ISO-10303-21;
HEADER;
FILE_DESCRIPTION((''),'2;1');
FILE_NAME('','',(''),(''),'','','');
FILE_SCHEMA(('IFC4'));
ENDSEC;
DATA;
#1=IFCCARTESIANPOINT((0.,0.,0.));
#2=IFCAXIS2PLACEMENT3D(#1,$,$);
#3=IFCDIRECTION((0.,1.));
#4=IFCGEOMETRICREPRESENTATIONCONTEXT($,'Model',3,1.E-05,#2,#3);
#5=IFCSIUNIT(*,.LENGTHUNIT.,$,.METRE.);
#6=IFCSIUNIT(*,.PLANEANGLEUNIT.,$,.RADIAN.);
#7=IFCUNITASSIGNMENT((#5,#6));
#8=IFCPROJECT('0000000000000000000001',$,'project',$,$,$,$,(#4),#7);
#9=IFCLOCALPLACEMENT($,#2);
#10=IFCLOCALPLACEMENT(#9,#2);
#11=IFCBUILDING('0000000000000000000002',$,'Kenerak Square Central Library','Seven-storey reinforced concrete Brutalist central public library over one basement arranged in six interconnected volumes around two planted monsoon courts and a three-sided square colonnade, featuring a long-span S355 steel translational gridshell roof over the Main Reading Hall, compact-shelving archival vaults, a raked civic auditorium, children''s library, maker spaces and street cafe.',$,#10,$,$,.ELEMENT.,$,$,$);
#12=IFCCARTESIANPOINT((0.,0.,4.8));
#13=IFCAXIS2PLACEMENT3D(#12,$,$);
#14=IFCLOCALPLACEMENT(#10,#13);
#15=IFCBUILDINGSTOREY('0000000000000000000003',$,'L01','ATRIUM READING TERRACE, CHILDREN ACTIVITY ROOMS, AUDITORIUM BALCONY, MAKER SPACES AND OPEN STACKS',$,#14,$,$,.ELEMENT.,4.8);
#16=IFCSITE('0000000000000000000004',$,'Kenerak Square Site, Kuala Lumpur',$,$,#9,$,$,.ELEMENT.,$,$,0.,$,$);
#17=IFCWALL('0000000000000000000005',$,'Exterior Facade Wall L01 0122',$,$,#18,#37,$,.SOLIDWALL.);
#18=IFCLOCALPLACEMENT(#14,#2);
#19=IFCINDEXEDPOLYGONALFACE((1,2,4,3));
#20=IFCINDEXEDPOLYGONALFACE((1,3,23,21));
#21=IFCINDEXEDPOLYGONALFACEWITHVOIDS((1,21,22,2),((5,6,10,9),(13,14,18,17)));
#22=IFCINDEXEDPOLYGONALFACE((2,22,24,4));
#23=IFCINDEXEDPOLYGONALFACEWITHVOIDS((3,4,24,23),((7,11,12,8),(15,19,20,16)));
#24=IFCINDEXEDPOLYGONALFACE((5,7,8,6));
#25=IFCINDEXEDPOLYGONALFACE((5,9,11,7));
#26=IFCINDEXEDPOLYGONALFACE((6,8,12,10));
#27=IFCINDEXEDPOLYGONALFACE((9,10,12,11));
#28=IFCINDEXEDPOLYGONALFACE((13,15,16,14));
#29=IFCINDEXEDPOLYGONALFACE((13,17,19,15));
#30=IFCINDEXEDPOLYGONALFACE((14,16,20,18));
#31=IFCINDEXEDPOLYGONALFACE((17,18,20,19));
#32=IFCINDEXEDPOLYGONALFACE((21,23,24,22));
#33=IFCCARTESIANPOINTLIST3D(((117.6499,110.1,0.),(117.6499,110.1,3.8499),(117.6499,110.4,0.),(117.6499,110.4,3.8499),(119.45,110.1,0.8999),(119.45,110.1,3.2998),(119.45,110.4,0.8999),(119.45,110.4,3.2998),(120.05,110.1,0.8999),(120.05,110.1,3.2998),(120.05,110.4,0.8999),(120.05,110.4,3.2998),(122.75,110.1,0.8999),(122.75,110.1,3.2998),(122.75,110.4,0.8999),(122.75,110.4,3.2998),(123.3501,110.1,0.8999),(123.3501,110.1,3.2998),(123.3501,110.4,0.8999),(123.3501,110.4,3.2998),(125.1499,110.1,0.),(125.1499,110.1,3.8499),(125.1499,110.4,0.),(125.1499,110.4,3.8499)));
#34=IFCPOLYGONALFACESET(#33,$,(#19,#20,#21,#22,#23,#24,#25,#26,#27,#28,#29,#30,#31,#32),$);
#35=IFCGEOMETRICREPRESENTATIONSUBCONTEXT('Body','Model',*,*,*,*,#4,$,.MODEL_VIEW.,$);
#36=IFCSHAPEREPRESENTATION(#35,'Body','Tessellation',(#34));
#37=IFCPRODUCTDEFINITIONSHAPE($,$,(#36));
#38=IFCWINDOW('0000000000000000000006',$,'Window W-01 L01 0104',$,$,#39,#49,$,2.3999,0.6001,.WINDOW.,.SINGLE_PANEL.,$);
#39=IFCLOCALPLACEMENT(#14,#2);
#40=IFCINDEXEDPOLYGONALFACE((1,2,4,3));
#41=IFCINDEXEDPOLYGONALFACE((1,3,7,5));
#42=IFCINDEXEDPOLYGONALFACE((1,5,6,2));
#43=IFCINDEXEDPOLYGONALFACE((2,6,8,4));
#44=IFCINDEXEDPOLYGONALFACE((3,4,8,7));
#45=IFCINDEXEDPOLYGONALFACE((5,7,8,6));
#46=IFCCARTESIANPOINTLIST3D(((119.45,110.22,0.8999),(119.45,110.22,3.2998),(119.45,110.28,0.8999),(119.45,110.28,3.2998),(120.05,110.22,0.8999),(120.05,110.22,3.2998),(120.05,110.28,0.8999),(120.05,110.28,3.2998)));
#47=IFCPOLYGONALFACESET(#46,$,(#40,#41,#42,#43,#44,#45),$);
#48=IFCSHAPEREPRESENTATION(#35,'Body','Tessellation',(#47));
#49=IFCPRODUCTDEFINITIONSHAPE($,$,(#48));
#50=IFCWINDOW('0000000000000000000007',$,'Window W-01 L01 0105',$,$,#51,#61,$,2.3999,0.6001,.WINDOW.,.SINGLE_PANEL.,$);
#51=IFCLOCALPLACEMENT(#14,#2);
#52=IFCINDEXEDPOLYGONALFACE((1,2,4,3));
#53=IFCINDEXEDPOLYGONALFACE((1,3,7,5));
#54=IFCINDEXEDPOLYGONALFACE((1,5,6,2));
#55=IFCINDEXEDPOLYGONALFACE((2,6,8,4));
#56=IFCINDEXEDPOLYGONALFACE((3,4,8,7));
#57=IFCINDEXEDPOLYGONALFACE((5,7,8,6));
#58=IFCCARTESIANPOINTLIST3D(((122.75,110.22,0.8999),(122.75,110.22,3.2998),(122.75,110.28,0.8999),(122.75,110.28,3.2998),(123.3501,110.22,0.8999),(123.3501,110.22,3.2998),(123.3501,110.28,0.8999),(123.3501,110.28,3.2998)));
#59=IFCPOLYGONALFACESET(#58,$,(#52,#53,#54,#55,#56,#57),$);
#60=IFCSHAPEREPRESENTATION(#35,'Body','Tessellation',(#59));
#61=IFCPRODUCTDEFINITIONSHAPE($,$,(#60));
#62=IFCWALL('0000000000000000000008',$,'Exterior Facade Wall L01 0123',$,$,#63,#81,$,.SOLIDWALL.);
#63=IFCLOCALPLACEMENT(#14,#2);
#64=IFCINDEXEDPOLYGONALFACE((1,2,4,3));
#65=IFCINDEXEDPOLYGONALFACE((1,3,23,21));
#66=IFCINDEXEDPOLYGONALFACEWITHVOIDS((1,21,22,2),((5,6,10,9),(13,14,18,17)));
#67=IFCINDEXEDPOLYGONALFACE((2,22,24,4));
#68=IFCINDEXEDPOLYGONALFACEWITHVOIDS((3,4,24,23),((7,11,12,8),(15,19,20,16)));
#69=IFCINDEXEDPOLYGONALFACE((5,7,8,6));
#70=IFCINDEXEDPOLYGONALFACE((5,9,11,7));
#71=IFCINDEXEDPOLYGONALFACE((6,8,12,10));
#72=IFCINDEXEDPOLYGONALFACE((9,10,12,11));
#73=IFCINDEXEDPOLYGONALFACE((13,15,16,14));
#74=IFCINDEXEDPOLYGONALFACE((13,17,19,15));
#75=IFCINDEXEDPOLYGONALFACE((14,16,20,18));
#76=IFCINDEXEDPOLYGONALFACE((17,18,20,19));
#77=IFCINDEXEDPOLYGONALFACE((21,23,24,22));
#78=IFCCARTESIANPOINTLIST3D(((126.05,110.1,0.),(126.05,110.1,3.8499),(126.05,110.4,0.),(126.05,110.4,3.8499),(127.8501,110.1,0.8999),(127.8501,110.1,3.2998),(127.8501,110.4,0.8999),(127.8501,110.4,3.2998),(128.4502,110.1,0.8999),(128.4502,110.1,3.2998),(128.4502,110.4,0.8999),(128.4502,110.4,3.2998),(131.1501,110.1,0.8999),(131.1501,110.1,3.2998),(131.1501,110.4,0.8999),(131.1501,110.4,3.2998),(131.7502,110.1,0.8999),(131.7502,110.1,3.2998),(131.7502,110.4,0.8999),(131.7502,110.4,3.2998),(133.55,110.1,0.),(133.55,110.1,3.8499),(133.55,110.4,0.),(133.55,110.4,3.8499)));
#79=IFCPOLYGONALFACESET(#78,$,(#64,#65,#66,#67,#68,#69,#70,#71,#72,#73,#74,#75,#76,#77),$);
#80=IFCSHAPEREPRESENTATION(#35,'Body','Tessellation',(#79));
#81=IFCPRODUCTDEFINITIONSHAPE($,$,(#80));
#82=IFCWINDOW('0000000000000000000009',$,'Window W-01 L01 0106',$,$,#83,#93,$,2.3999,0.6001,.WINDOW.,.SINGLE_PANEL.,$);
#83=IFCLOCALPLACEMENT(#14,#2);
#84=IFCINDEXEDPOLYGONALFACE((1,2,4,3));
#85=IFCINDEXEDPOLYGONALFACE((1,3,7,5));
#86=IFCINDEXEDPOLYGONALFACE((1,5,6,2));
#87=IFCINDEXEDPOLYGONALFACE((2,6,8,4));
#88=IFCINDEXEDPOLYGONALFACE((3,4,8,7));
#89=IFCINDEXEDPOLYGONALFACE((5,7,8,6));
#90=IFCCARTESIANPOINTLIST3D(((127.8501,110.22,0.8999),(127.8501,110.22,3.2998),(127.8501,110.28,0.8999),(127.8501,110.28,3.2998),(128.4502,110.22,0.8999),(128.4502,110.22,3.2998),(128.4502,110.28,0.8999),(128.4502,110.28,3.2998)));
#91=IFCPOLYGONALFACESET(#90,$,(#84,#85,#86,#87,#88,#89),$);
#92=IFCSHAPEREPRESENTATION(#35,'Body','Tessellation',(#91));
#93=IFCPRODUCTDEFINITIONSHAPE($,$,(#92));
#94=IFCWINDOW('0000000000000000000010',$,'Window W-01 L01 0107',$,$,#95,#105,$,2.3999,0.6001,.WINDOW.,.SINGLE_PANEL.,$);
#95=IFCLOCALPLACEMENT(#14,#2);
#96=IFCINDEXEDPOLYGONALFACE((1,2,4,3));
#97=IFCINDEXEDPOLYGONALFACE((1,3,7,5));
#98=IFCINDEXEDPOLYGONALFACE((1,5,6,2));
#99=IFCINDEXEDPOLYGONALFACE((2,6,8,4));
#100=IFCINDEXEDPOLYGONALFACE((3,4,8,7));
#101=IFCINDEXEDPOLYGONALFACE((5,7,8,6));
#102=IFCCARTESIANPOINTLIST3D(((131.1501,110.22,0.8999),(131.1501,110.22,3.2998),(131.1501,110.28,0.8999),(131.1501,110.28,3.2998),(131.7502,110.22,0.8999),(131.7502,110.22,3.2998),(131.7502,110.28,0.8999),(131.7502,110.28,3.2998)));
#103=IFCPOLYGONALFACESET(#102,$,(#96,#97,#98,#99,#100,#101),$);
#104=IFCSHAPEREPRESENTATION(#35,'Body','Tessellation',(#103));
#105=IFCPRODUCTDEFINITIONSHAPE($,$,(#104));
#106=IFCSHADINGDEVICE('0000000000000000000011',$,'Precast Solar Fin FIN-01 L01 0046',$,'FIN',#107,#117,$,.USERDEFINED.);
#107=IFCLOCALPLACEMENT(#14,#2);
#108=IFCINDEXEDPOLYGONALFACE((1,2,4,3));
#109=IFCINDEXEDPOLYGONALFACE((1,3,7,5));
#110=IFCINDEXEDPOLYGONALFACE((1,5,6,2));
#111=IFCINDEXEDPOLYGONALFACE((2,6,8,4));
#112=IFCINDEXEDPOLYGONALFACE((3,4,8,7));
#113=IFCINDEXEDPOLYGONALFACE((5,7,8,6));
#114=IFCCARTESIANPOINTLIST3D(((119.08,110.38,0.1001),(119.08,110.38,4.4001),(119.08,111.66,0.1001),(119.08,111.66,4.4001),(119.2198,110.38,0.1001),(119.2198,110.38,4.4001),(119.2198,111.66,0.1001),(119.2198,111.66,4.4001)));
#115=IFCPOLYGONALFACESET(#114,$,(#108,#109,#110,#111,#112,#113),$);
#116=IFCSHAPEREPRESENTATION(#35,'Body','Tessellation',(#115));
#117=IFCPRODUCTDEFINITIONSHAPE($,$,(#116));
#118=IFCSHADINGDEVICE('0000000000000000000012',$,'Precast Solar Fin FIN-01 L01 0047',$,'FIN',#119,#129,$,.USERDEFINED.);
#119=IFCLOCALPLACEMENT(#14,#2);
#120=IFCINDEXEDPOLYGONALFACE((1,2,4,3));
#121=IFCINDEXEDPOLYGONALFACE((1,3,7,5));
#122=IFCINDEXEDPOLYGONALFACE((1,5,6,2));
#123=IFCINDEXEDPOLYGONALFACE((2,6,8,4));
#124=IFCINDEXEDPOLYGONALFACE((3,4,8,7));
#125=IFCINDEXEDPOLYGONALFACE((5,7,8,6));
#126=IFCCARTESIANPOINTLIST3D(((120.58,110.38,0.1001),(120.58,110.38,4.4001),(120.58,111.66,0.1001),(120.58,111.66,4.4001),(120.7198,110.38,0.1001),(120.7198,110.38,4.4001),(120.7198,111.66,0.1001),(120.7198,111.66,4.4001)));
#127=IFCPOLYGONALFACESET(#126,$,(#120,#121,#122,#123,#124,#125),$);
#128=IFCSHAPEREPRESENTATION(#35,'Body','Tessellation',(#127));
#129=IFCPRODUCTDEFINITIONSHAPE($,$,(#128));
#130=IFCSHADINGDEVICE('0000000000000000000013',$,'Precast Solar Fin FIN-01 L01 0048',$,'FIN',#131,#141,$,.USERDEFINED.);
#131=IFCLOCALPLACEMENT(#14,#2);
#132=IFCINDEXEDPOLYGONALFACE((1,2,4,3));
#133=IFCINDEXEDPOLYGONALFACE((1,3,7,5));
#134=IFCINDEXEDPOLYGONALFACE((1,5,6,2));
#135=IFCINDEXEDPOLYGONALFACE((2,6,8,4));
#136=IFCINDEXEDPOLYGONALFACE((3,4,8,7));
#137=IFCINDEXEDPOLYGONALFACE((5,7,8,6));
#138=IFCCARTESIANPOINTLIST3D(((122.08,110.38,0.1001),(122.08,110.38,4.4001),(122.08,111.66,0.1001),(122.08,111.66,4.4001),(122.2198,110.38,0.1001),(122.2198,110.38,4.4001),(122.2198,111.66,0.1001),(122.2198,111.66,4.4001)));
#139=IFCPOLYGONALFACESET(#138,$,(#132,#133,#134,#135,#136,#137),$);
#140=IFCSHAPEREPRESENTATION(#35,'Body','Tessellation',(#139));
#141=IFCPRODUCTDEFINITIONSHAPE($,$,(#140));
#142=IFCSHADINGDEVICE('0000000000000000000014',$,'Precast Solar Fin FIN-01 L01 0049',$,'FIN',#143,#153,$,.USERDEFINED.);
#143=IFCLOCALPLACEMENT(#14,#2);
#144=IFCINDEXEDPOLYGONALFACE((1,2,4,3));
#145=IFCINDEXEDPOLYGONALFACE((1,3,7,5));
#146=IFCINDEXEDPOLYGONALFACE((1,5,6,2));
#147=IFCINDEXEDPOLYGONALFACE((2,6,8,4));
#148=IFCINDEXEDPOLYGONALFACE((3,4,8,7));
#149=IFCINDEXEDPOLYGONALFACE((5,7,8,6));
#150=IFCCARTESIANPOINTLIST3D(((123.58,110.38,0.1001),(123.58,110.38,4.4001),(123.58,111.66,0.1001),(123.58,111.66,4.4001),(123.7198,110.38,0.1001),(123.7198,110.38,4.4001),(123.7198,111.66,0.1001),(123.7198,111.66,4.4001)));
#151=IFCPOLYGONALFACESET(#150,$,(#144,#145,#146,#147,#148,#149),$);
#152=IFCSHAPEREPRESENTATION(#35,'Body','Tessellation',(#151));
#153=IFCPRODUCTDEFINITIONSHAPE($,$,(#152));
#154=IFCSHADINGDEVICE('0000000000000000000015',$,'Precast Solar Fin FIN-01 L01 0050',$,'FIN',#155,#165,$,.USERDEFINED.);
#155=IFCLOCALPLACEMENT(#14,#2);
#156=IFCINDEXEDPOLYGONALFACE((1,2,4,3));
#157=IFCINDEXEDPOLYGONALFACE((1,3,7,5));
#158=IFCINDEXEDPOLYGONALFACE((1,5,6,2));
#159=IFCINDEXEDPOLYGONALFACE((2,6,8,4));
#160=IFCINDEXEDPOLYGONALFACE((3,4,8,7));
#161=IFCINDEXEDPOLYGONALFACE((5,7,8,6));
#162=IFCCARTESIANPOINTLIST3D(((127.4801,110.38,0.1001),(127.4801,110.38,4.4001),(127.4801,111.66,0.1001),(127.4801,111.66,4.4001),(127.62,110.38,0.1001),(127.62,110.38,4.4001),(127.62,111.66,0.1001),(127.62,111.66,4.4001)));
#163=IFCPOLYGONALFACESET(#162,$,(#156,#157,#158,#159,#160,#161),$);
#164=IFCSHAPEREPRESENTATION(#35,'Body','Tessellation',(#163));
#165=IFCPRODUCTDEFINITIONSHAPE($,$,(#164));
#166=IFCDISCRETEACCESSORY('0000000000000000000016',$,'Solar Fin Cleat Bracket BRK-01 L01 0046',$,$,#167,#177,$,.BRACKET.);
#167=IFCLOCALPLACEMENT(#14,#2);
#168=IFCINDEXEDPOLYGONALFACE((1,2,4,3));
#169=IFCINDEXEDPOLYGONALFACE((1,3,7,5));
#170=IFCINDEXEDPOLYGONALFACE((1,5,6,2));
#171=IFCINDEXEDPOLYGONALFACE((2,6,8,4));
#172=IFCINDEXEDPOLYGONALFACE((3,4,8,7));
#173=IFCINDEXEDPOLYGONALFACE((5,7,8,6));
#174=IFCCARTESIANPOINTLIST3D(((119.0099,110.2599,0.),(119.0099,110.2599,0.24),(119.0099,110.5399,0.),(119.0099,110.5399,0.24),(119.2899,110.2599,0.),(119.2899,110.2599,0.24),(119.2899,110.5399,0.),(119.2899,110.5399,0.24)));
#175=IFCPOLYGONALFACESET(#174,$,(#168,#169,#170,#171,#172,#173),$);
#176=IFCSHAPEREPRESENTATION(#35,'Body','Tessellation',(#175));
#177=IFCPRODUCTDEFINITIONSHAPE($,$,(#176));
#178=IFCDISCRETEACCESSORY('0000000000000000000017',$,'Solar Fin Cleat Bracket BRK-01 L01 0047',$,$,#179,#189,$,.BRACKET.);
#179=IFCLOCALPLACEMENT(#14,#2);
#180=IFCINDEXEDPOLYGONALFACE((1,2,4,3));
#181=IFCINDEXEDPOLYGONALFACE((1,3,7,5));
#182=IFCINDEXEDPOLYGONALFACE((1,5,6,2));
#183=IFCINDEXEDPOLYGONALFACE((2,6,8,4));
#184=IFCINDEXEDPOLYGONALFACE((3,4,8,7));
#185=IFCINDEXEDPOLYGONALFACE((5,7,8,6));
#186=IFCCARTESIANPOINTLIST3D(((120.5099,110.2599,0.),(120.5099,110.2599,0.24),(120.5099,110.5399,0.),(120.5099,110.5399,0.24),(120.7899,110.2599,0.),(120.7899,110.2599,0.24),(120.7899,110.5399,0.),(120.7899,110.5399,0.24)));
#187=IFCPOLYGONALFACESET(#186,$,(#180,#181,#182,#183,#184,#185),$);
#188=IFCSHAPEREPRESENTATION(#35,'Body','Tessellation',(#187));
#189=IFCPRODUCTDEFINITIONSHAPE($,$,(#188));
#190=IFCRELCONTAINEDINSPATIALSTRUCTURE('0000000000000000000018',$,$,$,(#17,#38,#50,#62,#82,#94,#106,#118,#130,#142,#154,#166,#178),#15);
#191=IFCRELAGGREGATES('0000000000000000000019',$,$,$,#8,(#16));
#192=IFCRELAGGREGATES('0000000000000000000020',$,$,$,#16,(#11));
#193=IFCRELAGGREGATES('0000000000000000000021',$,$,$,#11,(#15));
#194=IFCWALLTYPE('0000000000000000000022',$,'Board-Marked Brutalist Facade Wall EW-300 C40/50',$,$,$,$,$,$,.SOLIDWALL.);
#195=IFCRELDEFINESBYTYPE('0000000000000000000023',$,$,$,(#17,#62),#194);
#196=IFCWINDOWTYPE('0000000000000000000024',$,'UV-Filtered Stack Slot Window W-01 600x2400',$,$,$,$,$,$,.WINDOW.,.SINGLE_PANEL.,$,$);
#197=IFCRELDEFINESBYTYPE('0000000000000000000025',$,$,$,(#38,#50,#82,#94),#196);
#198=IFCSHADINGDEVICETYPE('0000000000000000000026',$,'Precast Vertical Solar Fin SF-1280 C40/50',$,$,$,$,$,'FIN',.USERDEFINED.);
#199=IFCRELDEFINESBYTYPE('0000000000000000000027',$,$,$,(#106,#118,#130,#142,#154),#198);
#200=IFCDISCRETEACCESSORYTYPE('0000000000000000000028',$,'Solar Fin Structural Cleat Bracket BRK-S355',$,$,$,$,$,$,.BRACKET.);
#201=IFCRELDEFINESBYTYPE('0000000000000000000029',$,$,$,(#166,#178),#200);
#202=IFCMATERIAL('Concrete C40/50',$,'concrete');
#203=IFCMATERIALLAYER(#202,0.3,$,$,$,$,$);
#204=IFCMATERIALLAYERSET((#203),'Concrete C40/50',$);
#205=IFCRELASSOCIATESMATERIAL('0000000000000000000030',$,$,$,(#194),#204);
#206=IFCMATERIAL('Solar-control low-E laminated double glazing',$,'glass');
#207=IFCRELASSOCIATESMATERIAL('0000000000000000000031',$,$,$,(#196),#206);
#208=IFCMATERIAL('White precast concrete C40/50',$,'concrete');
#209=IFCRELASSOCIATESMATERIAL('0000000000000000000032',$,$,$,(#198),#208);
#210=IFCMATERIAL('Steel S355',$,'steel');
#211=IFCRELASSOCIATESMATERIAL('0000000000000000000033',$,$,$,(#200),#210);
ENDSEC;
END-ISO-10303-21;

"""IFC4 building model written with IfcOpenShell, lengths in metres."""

from ifc_helpers import new_model, si_unit, direction, frame, frame_2d, origin, origin_2d, place, context, subcontext, project, spatial, rectangle, extrude, material, layer, layer_set, type_object, element, fill, save


model = new_model("IFC4")

# Units and contexts
model_context = context("Model", 3, precision=1e-05, world=origin(), true_north=direction((0.0, 1.0)))
body_context = subcontext(model_context, "Body", "Model", "MODEL_VIEW")
ifc_project = project(units=[si_unit("LENGTHUNIT", "METRE"), si_unit("PLANEANGLEUNIT", "RADIAN")], contexts=[model_context])

# Site, building, storey
site_placement = place(None, origin())
site = spatial("IfcSite", under=ifc_project, at=site_placement, Name="Kenerak Square Site, Kuala Lumpur", CompositionType="ELEMENT", RefElevation=0.0)
building_placement = place(site_placement, origin())
building = spatial("IfcBuilding", under=site, at=building_placement, Name="Kenerak Square Central Library", Description="Seven-storey reinforced concrete Brutalist central public library over one basement arranged in six interconnected volumes around two planted monsoon courts and a three-sided square colonnade, featuring a long-span S355 steel translational gridshell roof over the Main Reading Hall, compact-shelving archival vaults, a raked civic auditorium, children's library, maker spaces and street cafe.", CompositionType="ELEMENT")
storey_placement = place(building_placement, frame((0.0, 0.0, 4.8)))
storey = spatial("IfcBuildingStorey", under=building, at=storey_placement, Name="L01", Description="ATRIUM READING TERRACE, CHILDREN ACTIVITY ROOMS, AUDITORIUM BALCONY, MAKER SPACES AND OPEN STACKS", CompositionType="ELEMENT", Elevation=4.8)

# Shared definitions
ifc_material_1 = material(Name="Concrete C40/50", Category="concrete")

# Walls, openings, windows
ifc_layer = layer(ifc_material_1, 0.3)
ifc_layer_set = layer_set([ifc_layer], Name="Concrete C40/50")
wall_type = type_object("IfcWallType", Name="Board-Marked Brutalist Facade Wall EW-300 C40/50", PredefinedType="SOLIDWALL", material=ifc_layer_set)
wall_1_placement = place(storey_placement, frame((117.6499, 110.25, 0.0), z_axis=(0.0, 0.0, 1.0), x_axis=(1.0, 0.0, 0.0)))
wall_1 = element("IfcWall", 1, at=wall_1_placement, inside=storey, type_object=wall_type, Name="Exterior Facade Wall L01 0122", PredefinedType="SOLIDWALL", context=body_context, shape_type="SweptSolid", body=[
    extrude(rectangle(XDim=7.5, YDim=0.3, at=frame_2d((3.75, 0.0))), origin(), (0.0, 0.0, 1.0), 3.8499),
])
opening_1_placement = place(wall_1_placement, frame((1.8, 0.0, 0.8999)))
opening_1 = element("IfcOpeningElement", 2, at=opening_1_placement, cuts=wall_1, PredefinedType="OPENING", context=body_context, shape_type="SweptSolid", body=[
    extrude(rectangle(XDim=0.6001, YDim=2.3999, at=frame_2d((0.3, 1.2))), frame((0.0, 0.1599, 0.0), z_axis=(0.0, -1.0, 0.0), x_axis=(1.0, 0.0, 0.0)), (0.0, 0.0, 1.0), 0.3201),
])
opening_2_placement = place(wall_1_placement, frame((5.1001, 0.0, 0.8999)))
opening_2 = element("IfcOpeningElement", 3, at=opening_2_placement, cuts=wall_1, PredefinedType="OPENING", context=body_context, shape_type="SweptSolid", body=[
    extrude(rectangle(XDim=0.6001, YDim=2.3999, at=frame_2d((0.3, 1.2))), frame((0.0, 0.1599, 0.0), z_axis=(0.0, -1.0, 0.0), x_axis=(1.0, 0.0, 0.0)), (0.0, 0.0, 1.0), 0.3201),
])
ifc_material_2 = material(Name="Solar-control low-E laminated double glazing", Category="glass")
window_type = type_object("IfcWindowType", Name="UV-Filtered Stack Slot Window W-01 600x2400", PartitioningType="SINGLE_PANEL", PredefinedType="WINDOW", material=ifc_material_2)
window_1_placement = place(opening_1_placement, origin())
window_1 = element("IfcWindow", 4, at=window_1_placement, inside=storey, type_object=window_type, Name="Window W-01 L01 0104", OverallHeight=2.3999, OverallWidth=0.6001, PartitioningType="SINGLE_PANEL", PredefinedType="WINDOW", context=body_context, shape_type="SweptSolid", body=[
    extrude(rectangle(XDim=0.6001, YDim=2.3999, at=frame_2d((0.3, 1.2))), frame((0.0, 0.03, 0.0), z_axis=(0.0, -1.0, 0.0), x_axis=(1.0, 0.0, 0.0)), (0.0, 0.0, 1.0), 0.0601),
])
fill(opening_1, window_1)
window_2_placement = place(opening_2_placement, origin())
window_2 = element("IfcWindow", 5, at=window_2_placement, inside=storey, type_object=window_type, Name="Window W-01 L01 0105", OverallHeight=2.3999, OverallWidth=0.6001, PartitioningType="SINGLE_PANEL", PredefinedType="WINDOW", context=body_context, shape_type="SweptSolid", body=[
    extrude(rectangle(XDim=0.6001, YDim=2.3999, at=frame_2d((0.3, 1.2))), frame((0.0, 0.03, 0.0), z_axis=(0.0, -1.0, 0.0), x_axis=(1.0, 0.0, 0.0)), (0.0, 0.0, 1.0), 0.0601),
])
fill(opening_2, window_2)
wall_2_placement = place(storey_placement, frame((126.05, 110.25, 0.0), z_axis=(0.0, 0.0, 1.0), x_axis=(1.0, 0.0, 0.0)))
wall_2 = element("IfcWall", 6, at=wall_2_placement, inside=storey, type_object=wall_type, Name="Exterior Facade Wall L01 0123", PredefinedType="SOLIDWALL", context=body_context, shape_type="SweptSolid", body=[
    extrude(rectangle(XDim=7.5, YDim=0.3, at=frame_2d((3.75, 0.0))), origin(), (0.0, 0.0, 1.0), 3.8499),
])
opening_3_placement = place(wall_2_placement, frame((1.8, 0.0, 0.8999)))
opening_3 = element("IfcOpeningElement", 7, at=opening_3_placement, cuts=wall_2, PredefinedType="OPENING", context=body_context, shape_type="SweptSolid", body=[
    extrude(rectangle(XDim=0.6001, YDim=2.3999, at=frame_2d((0.3, 1.2))), frame((0.0, 0.1599, 0.0), z_axis=(0.0, -1.0, 0.0), x_axis=(1.0, 0.0, 0.0)), (0.0, 0.0, 1.0), 0.3201),
])
opening_4_placement = place(wall_2_placement, frame((5.1001, 0.0, 0.8999)))
opening_4 = element("IfcOpeningElement", 8, at=opening_4_placement, cuts=wall_2, PredefinedType="OPENING", context=body_context, shape_type="SweptSolid", body=[
    extrude(rectangle(XDim=0.6001, YDim=2.3999, at=frame_2d((0.3, 1.2))), frame((0.0, 0.1599, 0.0), z_axis=(0.0, -1.0, 0.0), x_axis=(1.0, 0.0, 0.0)), (0.0, 0.0, 1.0), 0.3201),
])
window_3_placement = place(opening_3_placement, origin())
window_3 = element("IfcWindow", 9, at=window_3_placement, inside=storey, type_object=window_type, Name="Window W-01 L01 0106", OverallHeight=2.3999, OverallWidth=0.6001, PartitioningType="SINGLE_PANEL", PredefinedType="WINDOW", context=body_context, shape_type="SweptSolid", body=[
    extrude(rectangle(XDim=0.6001, YDim=2.3999, at=frame_2d((0.3, 1.2))), frame((0.0, 0.03, 0.0), z_axis=(0.0, -1.0, 0.0), x_axis=(1.0, 0.0, 0.0)), (0.0, 0.0, 1.0), 0.0601),
])
fill(opening_3, window_3)
window_4_placement = place(opening_4_placement, origin())
window_4 = element("IfcWindow", 10, at=window_4_placement, inside=storey, type_object=window_type, Name="Window W-01 L01 0107", OverallHeight=2.3999, OverallWidth=0.6001, PartitioningType="SINGLE_PANEL", PredefinedType="WINDOW", context=body_context, shape_type="SweptSolid", body=[
    extrude(rectangle(XDim=0.6001, YDim=2.3999, at=frame_2d((0.3, 1.2))), frame((0.0, 0.03, 0.0), z_axis=(0.0, -1.0, 0.0), x_axis=(1.0, 0.0, 0.0)), (0.0, 0.0, 1.0), 0.0601),
])
fill(opening_4, window_4)

# Shading devices
ifc_material_3 = material(Name="White precast concrete C40/50", Category="concrete")
shading_device_type = type_object("IfcShadingDeviceType", Name="Precast Vertical Solar Fin SF-1280 C40/50", ElementType="FIN", PredefinedType="USERDEFINED", material=ifc_material_3)
for number, where, z_axis, x_axis, name in (
    (11, (119.1499, 111.02, 0.1001), (0.0, 0.0, 1.0), (1.0, 0.0, 0.0), "Precast Solar Fin FIN-01 L01 0046"),
    (12, (120.6499, 111.02, 0.1001), (0.0, 0.0, 1.0), (1.0, 0.0, 0.0), "Precast Solar Fin FIN-01 L01 0047"),
    (13, (122.1499, 111.02, 0.1001), (0.0, 0.0, 1.0), (1.0, 0.0, 0.0), "Precast Solar Fin FIN-01 L01 0048"),
    (14, (123.6499, 111.02, 0.1001), (0.0, 0.0, 1.0), (1.0, 0.0, 0.0), "Precast Solar Fin FIN-01 L01 0049"),
    (15, (127.55, 111.02, 0.1001), (0.0, 0.0, 1.0), (1.0, 0.0, 0.0), "Precast Solar Fin FIN-01 L01 0050"),
):
    element("IfcShadingDevice", number, at=place(storey_placement, frame(where, z_axis=z_axis, x_axis=x_axis)), inside=storey, type_object=shading_device_type, Name=name, ObjectType="FIN", PredefinedType="USERDEFINED", context=body_context, shape_type="SweptSolid", body=[
        extrude(rectangle(XDim=0.1399, YDim=1.28, at=origin_2d()), origin(), (0.0, 0.0, 1.0), 4.3),
    ])

# Discrete accessories
ifc_material_4 = material(Name="Steel S355", Category="steel")
discrete_accessory_type = type_object("IfcDiscreteAccessoryType", Name="Solar Fin Structural Cleat Bracket BRK-S355", PredefinedType="BRACKET", material=ifc_material_4)
for number, where, z_axis, x_axis, name in (
    (16, (119.1499, 110.3999, 0.0), (0.0, 0.0, 1.0), (1.0, 0.0, 0.0), "Solar Fin Cleat Bracket BRK-01 L01 0046"),
    (17, (120.6499, 110.3999, 0.0), (0.0, 0.0, 1.0), (1.0, 0.0, 0.0), "Solar Fin Cleat Bracket BRK-01 L01 0047"),
):
    element("IfcDiscreteAccessory", number, at=place(storey_placement, frame(where, z_axis=z_axis, x_axis=x_axis)), inside=storey, type_object=discrete_accessory_type, Name=name, PredefinedType="BRACKET", context=body_context, shape_type="SweptSolid", body=[
        extrude(rectangle(XDim=0.28, YDim=0.28, at=origin_2d()), origin(), (0.0, 0.0, 1.0), 0.24),
    ])

save(model, "model.ifc")
